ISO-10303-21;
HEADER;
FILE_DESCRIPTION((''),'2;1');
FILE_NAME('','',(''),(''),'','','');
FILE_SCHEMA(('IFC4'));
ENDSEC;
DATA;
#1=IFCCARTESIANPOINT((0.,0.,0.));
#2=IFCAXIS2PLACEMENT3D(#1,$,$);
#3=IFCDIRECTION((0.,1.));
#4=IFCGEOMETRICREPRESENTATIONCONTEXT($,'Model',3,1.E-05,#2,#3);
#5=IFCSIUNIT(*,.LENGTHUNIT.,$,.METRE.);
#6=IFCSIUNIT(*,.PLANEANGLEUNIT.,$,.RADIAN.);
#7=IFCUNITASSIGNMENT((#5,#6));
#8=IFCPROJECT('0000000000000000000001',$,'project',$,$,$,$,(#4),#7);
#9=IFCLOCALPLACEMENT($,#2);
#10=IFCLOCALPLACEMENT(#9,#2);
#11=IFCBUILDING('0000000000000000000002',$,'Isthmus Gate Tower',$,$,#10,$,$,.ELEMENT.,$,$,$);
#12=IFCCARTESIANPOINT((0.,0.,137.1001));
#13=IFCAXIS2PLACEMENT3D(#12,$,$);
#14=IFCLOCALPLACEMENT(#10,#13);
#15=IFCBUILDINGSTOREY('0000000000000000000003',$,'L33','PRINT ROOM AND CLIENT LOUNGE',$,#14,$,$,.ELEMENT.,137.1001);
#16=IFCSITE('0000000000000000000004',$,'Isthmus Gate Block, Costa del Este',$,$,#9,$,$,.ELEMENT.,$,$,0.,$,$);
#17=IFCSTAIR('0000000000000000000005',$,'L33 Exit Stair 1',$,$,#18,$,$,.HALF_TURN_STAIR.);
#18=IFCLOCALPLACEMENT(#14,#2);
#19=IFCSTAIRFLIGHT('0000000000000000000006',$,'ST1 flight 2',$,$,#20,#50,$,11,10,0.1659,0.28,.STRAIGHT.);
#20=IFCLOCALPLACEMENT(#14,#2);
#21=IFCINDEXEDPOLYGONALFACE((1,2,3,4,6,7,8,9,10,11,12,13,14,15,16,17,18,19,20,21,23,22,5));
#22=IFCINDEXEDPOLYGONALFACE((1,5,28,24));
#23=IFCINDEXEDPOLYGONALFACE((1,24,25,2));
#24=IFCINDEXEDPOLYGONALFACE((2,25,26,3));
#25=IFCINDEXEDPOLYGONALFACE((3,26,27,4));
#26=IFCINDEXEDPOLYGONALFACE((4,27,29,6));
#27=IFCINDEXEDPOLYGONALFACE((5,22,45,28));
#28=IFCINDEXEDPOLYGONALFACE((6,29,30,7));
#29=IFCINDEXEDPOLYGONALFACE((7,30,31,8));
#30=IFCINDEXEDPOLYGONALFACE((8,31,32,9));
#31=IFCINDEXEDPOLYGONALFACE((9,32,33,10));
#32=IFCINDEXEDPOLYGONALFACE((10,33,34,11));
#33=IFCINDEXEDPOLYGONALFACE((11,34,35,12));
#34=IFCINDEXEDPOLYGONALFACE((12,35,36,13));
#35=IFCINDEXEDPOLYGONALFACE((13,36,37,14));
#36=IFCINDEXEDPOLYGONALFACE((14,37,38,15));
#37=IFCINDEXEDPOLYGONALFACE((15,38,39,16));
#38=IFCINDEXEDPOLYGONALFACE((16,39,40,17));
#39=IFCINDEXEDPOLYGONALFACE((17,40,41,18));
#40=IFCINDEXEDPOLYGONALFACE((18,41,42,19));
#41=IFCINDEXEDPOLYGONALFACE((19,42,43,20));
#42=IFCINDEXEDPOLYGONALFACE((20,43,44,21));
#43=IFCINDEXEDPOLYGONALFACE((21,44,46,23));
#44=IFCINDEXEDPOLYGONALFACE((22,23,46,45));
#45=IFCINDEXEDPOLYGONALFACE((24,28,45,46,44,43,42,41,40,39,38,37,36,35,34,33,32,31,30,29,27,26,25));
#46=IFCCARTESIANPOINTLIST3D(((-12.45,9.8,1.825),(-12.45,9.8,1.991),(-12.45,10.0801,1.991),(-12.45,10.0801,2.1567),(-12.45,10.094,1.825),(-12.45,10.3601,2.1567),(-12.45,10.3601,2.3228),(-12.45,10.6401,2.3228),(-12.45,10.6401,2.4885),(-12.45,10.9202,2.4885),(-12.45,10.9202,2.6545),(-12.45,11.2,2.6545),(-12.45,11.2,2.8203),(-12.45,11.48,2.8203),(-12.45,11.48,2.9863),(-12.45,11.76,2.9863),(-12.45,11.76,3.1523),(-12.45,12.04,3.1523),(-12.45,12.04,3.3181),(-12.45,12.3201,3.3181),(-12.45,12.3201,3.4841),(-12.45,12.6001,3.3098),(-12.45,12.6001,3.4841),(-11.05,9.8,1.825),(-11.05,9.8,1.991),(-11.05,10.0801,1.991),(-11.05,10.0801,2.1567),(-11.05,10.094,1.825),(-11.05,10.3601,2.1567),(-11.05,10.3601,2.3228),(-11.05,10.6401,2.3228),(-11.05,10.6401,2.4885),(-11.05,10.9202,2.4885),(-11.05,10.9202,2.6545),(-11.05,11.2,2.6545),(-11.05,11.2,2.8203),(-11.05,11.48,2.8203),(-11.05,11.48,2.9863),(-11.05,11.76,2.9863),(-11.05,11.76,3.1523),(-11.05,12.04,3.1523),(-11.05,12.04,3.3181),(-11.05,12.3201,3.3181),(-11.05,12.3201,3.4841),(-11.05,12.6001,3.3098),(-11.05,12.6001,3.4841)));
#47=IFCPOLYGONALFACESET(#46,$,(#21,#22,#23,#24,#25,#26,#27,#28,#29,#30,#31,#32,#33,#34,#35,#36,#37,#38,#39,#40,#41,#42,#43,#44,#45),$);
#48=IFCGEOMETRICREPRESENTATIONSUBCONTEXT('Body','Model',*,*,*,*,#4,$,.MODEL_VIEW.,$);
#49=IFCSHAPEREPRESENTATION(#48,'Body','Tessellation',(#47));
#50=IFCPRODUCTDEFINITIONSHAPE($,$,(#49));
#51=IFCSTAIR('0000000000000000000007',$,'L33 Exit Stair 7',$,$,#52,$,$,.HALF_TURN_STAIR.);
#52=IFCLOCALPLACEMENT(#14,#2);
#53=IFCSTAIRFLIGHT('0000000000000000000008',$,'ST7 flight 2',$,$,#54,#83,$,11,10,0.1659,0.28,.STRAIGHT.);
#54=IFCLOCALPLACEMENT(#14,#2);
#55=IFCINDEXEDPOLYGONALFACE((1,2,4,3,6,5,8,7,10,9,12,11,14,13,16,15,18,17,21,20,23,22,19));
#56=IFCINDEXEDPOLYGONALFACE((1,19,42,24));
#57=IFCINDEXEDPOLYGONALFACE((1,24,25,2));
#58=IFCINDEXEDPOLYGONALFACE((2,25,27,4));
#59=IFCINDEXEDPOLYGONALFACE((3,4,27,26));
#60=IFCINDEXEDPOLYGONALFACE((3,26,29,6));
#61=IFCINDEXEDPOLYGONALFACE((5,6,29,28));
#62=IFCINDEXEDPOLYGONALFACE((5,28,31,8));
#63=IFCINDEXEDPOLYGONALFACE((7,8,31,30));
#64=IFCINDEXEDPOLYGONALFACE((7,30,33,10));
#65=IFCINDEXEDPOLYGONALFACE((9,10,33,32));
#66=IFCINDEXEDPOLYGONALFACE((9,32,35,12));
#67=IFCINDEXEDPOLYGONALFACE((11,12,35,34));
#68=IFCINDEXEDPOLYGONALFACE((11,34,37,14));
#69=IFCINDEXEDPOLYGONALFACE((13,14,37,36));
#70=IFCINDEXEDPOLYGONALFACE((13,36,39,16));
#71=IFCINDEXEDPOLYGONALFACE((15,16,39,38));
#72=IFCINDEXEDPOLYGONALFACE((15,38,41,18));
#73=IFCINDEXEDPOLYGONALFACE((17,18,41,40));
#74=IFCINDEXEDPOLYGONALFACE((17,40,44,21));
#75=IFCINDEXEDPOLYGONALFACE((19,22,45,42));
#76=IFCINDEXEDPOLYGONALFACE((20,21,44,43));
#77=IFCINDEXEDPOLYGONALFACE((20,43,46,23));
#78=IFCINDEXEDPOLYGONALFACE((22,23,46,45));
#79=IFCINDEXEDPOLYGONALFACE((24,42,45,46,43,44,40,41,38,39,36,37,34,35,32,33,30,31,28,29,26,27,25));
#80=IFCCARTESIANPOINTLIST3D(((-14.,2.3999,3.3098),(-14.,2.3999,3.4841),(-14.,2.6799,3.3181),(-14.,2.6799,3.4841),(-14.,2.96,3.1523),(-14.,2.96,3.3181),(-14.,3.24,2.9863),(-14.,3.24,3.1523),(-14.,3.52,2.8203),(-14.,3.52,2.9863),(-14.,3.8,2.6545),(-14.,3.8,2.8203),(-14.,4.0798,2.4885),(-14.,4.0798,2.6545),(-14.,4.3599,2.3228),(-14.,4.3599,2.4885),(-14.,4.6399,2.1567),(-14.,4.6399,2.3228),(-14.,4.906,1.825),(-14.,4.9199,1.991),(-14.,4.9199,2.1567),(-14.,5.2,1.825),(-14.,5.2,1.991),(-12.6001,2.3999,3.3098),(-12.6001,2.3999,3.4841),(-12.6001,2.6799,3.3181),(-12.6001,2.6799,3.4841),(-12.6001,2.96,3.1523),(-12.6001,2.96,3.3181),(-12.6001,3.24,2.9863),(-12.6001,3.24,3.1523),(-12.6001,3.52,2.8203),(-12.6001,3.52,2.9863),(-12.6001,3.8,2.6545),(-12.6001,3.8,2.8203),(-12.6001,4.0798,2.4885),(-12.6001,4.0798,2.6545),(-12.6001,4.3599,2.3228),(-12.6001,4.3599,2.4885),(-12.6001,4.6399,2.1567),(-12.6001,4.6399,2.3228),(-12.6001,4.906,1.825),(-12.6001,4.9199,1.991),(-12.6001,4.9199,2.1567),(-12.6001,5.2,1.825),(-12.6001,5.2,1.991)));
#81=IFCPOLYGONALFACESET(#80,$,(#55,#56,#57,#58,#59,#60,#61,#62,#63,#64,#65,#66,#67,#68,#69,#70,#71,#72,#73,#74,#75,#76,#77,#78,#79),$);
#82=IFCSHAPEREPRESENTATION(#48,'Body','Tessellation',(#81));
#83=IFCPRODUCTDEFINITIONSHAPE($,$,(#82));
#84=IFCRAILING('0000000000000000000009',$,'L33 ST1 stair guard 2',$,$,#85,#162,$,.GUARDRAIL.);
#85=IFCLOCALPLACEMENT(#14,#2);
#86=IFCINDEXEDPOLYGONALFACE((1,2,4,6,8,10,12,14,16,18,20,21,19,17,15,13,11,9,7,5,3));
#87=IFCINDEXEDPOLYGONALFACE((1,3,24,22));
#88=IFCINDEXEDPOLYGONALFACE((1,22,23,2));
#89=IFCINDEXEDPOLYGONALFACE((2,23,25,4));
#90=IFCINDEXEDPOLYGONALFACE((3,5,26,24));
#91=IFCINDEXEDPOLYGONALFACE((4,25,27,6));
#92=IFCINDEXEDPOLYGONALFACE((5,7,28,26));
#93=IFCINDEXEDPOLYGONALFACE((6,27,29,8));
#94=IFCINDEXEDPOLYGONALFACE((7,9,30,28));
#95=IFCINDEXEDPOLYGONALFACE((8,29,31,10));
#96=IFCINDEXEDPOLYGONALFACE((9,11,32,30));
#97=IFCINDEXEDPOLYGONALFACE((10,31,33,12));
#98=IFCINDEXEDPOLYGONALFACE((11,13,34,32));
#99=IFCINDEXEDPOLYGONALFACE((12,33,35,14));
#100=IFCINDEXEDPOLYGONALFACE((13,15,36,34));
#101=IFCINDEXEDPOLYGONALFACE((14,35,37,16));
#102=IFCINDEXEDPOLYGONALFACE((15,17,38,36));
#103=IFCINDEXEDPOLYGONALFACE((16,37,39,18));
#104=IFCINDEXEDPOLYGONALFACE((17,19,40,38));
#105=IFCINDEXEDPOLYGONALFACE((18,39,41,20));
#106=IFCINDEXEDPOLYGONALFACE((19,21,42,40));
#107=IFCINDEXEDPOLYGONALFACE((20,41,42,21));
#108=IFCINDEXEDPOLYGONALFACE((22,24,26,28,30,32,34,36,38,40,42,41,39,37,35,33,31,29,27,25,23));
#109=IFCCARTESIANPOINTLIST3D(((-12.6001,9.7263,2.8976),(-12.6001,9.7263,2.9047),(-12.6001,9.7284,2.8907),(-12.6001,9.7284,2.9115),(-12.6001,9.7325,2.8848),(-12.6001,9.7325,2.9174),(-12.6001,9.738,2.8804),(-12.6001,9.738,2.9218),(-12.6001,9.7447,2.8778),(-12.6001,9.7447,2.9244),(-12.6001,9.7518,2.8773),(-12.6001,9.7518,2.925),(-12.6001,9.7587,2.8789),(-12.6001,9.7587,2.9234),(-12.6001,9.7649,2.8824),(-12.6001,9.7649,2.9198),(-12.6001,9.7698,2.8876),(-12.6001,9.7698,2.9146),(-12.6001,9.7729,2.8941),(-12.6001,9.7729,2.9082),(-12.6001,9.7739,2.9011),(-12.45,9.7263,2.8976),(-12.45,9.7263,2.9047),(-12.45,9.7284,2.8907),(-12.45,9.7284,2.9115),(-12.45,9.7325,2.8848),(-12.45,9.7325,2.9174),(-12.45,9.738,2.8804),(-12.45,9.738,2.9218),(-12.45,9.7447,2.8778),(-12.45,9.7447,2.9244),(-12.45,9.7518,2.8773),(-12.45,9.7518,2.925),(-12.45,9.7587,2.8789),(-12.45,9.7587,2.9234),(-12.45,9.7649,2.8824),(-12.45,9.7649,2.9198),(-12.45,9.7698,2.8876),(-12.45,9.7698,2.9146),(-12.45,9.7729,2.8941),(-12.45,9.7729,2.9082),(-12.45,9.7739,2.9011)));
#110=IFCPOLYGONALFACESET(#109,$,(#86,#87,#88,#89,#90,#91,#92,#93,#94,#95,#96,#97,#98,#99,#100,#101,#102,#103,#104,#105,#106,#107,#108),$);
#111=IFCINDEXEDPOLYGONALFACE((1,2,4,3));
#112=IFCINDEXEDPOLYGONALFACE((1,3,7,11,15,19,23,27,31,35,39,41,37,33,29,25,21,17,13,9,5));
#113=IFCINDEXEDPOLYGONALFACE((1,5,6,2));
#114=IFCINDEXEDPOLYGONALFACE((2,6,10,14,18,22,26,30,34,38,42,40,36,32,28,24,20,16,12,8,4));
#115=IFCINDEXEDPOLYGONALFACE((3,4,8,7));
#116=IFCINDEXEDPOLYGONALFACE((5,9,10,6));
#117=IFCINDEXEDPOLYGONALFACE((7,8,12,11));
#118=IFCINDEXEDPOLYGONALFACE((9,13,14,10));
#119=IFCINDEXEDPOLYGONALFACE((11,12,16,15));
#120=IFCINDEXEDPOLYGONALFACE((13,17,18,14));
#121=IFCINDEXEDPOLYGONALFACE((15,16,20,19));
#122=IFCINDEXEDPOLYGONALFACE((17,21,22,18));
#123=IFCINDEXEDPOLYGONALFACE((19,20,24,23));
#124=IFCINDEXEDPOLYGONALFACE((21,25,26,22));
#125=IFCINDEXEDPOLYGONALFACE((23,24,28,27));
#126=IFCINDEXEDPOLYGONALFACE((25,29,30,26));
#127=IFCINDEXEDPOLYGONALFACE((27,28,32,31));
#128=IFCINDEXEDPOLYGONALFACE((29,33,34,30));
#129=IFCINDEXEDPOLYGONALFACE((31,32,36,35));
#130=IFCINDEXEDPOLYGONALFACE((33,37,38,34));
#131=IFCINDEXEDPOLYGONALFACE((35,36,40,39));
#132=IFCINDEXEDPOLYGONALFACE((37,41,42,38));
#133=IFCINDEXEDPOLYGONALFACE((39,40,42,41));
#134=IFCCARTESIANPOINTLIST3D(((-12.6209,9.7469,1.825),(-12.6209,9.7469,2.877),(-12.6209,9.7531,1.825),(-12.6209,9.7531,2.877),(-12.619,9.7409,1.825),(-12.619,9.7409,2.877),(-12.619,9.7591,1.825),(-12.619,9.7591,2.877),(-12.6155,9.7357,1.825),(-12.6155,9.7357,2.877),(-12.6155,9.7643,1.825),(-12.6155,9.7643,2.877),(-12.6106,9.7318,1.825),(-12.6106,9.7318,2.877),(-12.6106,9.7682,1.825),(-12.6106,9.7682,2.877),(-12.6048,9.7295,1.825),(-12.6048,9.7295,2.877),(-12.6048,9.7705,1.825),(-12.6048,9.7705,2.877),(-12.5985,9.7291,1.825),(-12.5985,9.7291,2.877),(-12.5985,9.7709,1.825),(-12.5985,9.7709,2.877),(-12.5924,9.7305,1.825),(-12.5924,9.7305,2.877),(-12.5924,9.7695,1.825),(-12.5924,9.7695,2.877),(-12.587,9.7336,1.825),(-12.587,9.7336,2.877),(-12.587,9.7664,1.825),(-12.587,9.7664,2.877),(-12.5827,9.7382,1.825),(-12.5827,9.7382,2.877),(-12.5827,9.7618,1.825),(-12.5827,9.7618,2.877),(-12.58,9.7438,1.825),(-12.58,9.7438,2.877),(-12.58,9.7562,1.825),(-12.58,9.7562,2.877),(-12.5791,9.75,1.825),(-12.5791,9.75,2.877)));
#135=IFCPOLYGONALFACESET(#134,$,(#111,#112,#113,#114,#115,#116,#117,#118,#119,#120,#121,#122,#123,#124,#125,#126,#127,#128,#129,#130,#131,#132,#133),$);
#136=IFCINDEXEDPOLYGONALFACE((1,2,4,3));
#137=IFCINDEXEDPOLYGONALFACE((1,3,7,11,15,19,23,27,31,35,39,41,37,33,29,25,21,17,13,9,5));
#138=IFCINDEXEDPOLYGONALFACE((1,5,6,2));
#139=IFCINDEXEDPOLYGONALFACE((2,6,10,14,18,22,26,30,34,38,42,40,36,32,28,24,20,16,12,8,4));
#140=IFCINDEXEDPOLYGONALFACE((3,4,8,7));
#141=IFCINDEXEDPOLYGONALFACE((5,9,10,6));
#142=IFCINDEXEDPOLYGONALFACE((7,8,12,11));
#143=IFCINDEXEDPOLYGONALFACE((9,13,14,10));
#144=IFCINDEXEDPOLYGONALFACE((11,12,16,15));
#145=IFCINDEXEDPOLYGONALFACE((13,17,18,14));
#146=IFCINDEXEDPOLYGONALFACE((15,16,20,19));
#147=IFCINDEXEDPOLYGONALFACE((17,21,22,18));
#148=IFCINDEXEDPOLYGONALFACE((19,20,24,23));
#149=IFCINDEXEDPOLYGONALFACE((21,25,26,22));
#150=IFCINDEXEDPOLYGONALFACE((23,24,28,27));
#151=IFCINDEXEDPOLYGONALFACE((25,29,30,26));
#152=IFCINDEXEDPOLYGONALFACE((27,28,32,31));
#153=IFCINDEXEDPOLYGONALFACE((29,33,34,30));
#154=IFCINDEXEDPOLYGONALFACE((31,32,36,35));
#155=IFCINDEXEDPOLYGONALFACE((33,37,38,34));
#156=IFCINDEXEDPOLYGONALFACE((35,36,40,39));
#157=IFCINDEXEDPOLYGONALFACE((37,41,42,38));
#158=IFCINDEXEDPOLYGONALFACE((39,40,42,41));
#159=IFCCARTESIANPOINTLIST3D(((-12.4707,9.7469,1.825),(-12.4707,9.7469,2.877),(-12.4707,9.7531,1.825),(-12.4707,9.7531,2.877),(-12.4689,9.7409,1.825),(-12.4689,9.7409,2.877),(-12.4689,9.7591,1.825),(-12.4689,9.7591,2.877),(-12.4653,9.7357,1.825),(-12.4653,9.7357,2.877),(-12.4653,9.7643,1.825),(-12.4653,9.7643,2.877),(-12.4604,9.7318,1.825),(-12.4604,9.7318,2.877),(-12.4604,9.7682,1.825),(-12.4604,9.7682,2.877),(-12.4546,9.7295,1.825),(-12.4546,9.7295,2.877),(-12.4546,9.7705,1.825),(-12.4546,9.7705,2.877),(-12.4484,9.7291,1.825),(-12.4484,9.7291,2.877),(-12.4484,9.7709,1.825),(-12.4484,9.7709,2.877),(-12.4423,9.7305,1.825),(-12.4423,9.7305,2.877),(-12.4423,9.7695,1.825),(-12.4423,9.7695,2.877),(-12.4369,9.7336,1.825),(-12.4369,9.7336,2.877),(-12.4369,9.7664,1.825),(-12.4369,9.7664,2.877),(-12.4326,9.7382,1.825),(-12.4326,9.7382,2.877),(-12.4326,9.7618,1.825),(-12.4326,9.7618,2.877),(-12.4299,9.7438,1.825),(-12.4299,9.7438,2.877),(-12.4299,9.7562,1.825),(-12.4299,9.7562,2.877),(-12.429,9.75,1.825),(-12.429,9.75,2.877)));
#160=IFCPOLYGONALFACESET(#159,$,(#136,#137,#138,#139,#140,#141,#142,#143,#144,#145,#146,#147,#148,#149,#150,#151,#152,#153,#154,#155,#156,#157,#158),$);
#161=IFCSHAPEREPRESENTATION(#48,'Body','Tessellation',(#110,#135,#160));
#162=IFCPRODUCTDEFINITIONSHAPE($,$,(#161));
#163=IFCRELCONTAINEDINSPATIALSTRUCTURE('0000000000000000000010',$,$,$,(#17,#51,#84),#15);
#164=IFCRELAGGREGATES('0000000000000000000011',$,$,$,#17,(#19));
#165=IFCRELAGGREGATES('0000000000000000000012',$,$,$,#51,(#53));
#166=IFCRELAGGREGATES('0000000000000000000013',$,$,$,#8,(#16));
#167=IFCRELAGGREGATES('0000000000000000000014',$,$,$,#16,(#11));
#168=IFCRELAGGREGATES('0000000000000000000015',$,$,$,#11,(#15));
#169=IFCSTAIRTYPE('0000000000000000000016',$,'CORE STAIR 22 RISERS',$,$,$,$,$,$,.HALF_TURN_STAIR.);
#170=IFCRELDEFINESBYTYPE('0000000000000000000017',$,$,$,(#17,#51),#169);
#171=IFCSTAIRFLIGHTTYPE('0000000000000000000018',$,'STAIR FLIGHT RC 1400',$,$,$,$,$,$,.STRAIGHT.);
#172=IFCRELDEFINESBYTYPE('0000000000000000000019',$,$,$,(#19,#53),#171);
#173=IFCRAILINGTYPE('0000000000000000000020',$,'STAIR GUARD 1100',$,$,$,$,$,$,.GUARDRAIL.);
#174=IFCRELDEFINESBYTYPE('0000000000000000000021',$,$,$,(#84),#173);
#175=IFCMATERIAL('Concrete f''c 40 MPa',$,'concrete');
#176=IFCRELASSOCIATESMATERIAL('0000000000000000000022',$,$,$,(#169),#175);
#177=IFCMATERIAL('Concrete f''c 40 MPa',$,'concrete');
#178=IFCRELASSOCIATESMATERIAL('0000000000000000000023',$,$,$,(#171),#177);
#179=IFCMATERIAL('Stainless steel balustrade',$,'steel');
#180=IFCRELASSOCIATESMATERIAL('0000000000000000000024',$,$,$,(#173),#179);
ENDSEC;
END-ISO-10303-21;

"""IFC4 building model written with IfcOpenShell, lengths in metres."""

from ifc_helpers import new_model, si_unit, direction, frame, origin, origin_2d, place, context, subcontext, project, spatial, polyline, circle, outline, extrude, material, type_object, element, aggregate, save


model = new_model("IFC4")

# Units and contexts
model_context = context("Model", 3, precision=1e-05, world=origin(), true_north=direction((0.0, 1.0)))
body_context = subcontext(model_context, "Body", "Model", "MODEL_VIEW")
ifc_project = project(units=[si_unit("LENGTHUNIT", "METRE"), si_unit("PLANEANGLEUNIT", "RADIAN")], contexts=[model_context])

# Site, building, storey
site_placement = place(None, origin())
site = spatial("IfcSite", under=ifc_project, at=site_placement, Name="Isthmus Gate Block, Costa del Este", CompositionType="ELEMENT", RefElevation=0.0)
building_placement = place(site_placement, origin())
building = spatial("IfcBuilding", under=site, at=building_placement, Name="Isthmus Gate Tower", CompositionType="ELEMENT")
storey_placement = place(building_placement, frame((0.0, 0.0, 137.1001)))
storey = spatial("IfcBuildingStorey", under=building, at=storey_placement, Name="L33", Description="PRINT ROOM AND CLIENT LOUNGE", CompositionType="ELEMENT", Elevation=137.1001)

# Stairs, stair flights
ifc_material_1 = material(Name="Concrete f'c 40 MPa", Category="concrete")
stair_type = type_object("IfcStairType", Name="CORE STAIR 22 RISERS", PredefinedType="HALF_TURN_STAIR", material=ifc_material_1)
stair_1_placement = place(storey_placement, origin())
stair_1 = element("IfcStair", 1, at=stair_1_placement, inside=storey, type_object=stair_type, Name="L33 Exit Stair 1", PredefinedType="HALF_TURN_STAIR")
ifc_material_2 = material(Name="Concrete f'c 40 MPa", Category="concrete")
stair_flight_type = type_object("IfcStairFlightType", Name="STAIR FLIGHT RC 1400", PredefinedType="STRAIGHT", material=ifc_material_2)
stair_flight_1_placement = place(storey_placement, frame((-11.75, 9.8, 1.825), z_axis=(0.0, 0.0, 1.0), x_axis=(0.0, 1.0, 0.0)))
stair_flight_1 = element("IfcStairFlight", 2, at=stair_flight_1_placement, type_object=stair_flight_type, Name="ST1 flight 2", NumberOfRisers=11, NumberOfTreads=10, PredefinedType="STRAIGHT", RiserHeight=0.1659, TreadLength=0.28, context=body_context, shape_type="SweptSolid", body=[
    extrude(outline(polyline([(0.0, 0.0), (0.0, 0.166), (0.28, 0.166), (0.28, 0.3318), (0.5601, 0.3318), (0.5601, 0.4978), (0.8401, 0.4978), (0.8401, 0.6636), (1.1201, 0.6636), (1.1201, 0.8296), (1.3999, 0.8296), (1.3999, 0.9954), (1.6799, 0.9954), (1.6799, 1.1614), (1.96, 1.1614), (1.96, 1.3274), (2.24, 1.3274), (2.24, 1.4932), (2.52, 1.4932), (2.52, 1.6592), (2.8, 1.6592), (2.8, 1.825), (2.8, 1.4849), (0.2939, 0.0), (0.0, 0.0)])), frame((0.0, 0.7, 0.0), z_axis=(0.0, -1.0, 0.0), x_axis=(1.0, 0.0, 0.0)), (0.0, 0.0, 1.0), 1.3999),
])
aggregate(stair_1, [stair_flight_1])
stair_2_placement = place(storey_placement, origin())
stair_2 = element("IfcStair", 3, at=stair_2_placement, inside=storey, type_object=stair_type, Name="L33 Exit Stair 7", PredefinedType="HALF_TURN_STAIR")
stair_flight_2_placement = place(storey_placement, frame((-13.3, 5.2, 1.825), z_axis=(0.0, 0.0, 1.0), x_axis=(0.0, -1.0, 0.0)))
stair_flight_2 = element("IfcStairFlight", 4, at=stair_flight_2_placement, type_object=stair_flight_type, Name="ST7 flight 2", NumberOfRisers=11, NumberOfTreads=10, PredefinedType="STRAIGHT", RiserHeight=0.1659, TreadLength=0.28, context=body_context, shape_type="SweptSolid", body=[
    extrude(outline(polyline([(0.0, 0.0), (0.0, 0.166), (0.28, 0.166), (0.28, 0.3318), (0.5601, 0.3318), (0.5601, 0.4978), (0.8401, 0.4978), (0.8401, 0.6636), (1.1201, 0.6636), (1.1201, 0.8296), (1.3999, 0.8296), (1.3999, 0.9954), (1.6799, 0.9954), (1.6799, 1.1614), (1.96, 1.1614), (1.96, 1.3274), (2.24, 1.3274), (2.24, 1.4932), (2.52, 1.4932), (2.52, 1.6592), (2.8, 1.6592), (2.8, 1.825), (2.8, 1.4849), (0.2939, 0.0), (0.0, 0.0)])), frame((0.0, 0.7, 0.0), z_axis=(0.0, -1.0, 0.0), x_axis=(1.0, 0.0, 0.0)), (0.0, 0.0, 1.0), 1.3999),
])
aggregate(stair_2, [stair_flight_2])

# Railing
ifc_material_3 = material(Name="Stainless steel balustrade", Category="steel")
railing_type_1 = type_object("IfcRailingType", Name="STAIR GUARD 1100", PredefinedType="GUARDRAIL", material=ifc_material_3)
railing_1_placement = place(storey_placement, frame((-12.6001, 9.75, 1.825)))
element("IfcRailing", 5, at=railing_1_placement, inside=storey, type_object=railing_type_1, Name="L33 ST1 stair guard 2", PredefinedType="GUARDRAIL", context=body_context, shape_type="SweptSolid", body=[
    extrude(circle(Radius=0.0239, at=origin_2d()), frame((0.0, 0.0, 1.0762), z_axis=(1.0, 0.0, 0.0), x_axis=(0.0, 1.0, 0.0)), (0.0, 0.0, 1.0), 0.1501),
    extrude(circle(Radius=0.021, at=origin_2d()), origin(), (0.0, 0.0, 1.0), 1.052),
    extrude(circle(Radius=0.021, at=origin_2d()), frame((0.1501, 0.0, 0.0)), (0.0, 0.0, 1.0), 1.052),
])

save(model, "model.ifc")
